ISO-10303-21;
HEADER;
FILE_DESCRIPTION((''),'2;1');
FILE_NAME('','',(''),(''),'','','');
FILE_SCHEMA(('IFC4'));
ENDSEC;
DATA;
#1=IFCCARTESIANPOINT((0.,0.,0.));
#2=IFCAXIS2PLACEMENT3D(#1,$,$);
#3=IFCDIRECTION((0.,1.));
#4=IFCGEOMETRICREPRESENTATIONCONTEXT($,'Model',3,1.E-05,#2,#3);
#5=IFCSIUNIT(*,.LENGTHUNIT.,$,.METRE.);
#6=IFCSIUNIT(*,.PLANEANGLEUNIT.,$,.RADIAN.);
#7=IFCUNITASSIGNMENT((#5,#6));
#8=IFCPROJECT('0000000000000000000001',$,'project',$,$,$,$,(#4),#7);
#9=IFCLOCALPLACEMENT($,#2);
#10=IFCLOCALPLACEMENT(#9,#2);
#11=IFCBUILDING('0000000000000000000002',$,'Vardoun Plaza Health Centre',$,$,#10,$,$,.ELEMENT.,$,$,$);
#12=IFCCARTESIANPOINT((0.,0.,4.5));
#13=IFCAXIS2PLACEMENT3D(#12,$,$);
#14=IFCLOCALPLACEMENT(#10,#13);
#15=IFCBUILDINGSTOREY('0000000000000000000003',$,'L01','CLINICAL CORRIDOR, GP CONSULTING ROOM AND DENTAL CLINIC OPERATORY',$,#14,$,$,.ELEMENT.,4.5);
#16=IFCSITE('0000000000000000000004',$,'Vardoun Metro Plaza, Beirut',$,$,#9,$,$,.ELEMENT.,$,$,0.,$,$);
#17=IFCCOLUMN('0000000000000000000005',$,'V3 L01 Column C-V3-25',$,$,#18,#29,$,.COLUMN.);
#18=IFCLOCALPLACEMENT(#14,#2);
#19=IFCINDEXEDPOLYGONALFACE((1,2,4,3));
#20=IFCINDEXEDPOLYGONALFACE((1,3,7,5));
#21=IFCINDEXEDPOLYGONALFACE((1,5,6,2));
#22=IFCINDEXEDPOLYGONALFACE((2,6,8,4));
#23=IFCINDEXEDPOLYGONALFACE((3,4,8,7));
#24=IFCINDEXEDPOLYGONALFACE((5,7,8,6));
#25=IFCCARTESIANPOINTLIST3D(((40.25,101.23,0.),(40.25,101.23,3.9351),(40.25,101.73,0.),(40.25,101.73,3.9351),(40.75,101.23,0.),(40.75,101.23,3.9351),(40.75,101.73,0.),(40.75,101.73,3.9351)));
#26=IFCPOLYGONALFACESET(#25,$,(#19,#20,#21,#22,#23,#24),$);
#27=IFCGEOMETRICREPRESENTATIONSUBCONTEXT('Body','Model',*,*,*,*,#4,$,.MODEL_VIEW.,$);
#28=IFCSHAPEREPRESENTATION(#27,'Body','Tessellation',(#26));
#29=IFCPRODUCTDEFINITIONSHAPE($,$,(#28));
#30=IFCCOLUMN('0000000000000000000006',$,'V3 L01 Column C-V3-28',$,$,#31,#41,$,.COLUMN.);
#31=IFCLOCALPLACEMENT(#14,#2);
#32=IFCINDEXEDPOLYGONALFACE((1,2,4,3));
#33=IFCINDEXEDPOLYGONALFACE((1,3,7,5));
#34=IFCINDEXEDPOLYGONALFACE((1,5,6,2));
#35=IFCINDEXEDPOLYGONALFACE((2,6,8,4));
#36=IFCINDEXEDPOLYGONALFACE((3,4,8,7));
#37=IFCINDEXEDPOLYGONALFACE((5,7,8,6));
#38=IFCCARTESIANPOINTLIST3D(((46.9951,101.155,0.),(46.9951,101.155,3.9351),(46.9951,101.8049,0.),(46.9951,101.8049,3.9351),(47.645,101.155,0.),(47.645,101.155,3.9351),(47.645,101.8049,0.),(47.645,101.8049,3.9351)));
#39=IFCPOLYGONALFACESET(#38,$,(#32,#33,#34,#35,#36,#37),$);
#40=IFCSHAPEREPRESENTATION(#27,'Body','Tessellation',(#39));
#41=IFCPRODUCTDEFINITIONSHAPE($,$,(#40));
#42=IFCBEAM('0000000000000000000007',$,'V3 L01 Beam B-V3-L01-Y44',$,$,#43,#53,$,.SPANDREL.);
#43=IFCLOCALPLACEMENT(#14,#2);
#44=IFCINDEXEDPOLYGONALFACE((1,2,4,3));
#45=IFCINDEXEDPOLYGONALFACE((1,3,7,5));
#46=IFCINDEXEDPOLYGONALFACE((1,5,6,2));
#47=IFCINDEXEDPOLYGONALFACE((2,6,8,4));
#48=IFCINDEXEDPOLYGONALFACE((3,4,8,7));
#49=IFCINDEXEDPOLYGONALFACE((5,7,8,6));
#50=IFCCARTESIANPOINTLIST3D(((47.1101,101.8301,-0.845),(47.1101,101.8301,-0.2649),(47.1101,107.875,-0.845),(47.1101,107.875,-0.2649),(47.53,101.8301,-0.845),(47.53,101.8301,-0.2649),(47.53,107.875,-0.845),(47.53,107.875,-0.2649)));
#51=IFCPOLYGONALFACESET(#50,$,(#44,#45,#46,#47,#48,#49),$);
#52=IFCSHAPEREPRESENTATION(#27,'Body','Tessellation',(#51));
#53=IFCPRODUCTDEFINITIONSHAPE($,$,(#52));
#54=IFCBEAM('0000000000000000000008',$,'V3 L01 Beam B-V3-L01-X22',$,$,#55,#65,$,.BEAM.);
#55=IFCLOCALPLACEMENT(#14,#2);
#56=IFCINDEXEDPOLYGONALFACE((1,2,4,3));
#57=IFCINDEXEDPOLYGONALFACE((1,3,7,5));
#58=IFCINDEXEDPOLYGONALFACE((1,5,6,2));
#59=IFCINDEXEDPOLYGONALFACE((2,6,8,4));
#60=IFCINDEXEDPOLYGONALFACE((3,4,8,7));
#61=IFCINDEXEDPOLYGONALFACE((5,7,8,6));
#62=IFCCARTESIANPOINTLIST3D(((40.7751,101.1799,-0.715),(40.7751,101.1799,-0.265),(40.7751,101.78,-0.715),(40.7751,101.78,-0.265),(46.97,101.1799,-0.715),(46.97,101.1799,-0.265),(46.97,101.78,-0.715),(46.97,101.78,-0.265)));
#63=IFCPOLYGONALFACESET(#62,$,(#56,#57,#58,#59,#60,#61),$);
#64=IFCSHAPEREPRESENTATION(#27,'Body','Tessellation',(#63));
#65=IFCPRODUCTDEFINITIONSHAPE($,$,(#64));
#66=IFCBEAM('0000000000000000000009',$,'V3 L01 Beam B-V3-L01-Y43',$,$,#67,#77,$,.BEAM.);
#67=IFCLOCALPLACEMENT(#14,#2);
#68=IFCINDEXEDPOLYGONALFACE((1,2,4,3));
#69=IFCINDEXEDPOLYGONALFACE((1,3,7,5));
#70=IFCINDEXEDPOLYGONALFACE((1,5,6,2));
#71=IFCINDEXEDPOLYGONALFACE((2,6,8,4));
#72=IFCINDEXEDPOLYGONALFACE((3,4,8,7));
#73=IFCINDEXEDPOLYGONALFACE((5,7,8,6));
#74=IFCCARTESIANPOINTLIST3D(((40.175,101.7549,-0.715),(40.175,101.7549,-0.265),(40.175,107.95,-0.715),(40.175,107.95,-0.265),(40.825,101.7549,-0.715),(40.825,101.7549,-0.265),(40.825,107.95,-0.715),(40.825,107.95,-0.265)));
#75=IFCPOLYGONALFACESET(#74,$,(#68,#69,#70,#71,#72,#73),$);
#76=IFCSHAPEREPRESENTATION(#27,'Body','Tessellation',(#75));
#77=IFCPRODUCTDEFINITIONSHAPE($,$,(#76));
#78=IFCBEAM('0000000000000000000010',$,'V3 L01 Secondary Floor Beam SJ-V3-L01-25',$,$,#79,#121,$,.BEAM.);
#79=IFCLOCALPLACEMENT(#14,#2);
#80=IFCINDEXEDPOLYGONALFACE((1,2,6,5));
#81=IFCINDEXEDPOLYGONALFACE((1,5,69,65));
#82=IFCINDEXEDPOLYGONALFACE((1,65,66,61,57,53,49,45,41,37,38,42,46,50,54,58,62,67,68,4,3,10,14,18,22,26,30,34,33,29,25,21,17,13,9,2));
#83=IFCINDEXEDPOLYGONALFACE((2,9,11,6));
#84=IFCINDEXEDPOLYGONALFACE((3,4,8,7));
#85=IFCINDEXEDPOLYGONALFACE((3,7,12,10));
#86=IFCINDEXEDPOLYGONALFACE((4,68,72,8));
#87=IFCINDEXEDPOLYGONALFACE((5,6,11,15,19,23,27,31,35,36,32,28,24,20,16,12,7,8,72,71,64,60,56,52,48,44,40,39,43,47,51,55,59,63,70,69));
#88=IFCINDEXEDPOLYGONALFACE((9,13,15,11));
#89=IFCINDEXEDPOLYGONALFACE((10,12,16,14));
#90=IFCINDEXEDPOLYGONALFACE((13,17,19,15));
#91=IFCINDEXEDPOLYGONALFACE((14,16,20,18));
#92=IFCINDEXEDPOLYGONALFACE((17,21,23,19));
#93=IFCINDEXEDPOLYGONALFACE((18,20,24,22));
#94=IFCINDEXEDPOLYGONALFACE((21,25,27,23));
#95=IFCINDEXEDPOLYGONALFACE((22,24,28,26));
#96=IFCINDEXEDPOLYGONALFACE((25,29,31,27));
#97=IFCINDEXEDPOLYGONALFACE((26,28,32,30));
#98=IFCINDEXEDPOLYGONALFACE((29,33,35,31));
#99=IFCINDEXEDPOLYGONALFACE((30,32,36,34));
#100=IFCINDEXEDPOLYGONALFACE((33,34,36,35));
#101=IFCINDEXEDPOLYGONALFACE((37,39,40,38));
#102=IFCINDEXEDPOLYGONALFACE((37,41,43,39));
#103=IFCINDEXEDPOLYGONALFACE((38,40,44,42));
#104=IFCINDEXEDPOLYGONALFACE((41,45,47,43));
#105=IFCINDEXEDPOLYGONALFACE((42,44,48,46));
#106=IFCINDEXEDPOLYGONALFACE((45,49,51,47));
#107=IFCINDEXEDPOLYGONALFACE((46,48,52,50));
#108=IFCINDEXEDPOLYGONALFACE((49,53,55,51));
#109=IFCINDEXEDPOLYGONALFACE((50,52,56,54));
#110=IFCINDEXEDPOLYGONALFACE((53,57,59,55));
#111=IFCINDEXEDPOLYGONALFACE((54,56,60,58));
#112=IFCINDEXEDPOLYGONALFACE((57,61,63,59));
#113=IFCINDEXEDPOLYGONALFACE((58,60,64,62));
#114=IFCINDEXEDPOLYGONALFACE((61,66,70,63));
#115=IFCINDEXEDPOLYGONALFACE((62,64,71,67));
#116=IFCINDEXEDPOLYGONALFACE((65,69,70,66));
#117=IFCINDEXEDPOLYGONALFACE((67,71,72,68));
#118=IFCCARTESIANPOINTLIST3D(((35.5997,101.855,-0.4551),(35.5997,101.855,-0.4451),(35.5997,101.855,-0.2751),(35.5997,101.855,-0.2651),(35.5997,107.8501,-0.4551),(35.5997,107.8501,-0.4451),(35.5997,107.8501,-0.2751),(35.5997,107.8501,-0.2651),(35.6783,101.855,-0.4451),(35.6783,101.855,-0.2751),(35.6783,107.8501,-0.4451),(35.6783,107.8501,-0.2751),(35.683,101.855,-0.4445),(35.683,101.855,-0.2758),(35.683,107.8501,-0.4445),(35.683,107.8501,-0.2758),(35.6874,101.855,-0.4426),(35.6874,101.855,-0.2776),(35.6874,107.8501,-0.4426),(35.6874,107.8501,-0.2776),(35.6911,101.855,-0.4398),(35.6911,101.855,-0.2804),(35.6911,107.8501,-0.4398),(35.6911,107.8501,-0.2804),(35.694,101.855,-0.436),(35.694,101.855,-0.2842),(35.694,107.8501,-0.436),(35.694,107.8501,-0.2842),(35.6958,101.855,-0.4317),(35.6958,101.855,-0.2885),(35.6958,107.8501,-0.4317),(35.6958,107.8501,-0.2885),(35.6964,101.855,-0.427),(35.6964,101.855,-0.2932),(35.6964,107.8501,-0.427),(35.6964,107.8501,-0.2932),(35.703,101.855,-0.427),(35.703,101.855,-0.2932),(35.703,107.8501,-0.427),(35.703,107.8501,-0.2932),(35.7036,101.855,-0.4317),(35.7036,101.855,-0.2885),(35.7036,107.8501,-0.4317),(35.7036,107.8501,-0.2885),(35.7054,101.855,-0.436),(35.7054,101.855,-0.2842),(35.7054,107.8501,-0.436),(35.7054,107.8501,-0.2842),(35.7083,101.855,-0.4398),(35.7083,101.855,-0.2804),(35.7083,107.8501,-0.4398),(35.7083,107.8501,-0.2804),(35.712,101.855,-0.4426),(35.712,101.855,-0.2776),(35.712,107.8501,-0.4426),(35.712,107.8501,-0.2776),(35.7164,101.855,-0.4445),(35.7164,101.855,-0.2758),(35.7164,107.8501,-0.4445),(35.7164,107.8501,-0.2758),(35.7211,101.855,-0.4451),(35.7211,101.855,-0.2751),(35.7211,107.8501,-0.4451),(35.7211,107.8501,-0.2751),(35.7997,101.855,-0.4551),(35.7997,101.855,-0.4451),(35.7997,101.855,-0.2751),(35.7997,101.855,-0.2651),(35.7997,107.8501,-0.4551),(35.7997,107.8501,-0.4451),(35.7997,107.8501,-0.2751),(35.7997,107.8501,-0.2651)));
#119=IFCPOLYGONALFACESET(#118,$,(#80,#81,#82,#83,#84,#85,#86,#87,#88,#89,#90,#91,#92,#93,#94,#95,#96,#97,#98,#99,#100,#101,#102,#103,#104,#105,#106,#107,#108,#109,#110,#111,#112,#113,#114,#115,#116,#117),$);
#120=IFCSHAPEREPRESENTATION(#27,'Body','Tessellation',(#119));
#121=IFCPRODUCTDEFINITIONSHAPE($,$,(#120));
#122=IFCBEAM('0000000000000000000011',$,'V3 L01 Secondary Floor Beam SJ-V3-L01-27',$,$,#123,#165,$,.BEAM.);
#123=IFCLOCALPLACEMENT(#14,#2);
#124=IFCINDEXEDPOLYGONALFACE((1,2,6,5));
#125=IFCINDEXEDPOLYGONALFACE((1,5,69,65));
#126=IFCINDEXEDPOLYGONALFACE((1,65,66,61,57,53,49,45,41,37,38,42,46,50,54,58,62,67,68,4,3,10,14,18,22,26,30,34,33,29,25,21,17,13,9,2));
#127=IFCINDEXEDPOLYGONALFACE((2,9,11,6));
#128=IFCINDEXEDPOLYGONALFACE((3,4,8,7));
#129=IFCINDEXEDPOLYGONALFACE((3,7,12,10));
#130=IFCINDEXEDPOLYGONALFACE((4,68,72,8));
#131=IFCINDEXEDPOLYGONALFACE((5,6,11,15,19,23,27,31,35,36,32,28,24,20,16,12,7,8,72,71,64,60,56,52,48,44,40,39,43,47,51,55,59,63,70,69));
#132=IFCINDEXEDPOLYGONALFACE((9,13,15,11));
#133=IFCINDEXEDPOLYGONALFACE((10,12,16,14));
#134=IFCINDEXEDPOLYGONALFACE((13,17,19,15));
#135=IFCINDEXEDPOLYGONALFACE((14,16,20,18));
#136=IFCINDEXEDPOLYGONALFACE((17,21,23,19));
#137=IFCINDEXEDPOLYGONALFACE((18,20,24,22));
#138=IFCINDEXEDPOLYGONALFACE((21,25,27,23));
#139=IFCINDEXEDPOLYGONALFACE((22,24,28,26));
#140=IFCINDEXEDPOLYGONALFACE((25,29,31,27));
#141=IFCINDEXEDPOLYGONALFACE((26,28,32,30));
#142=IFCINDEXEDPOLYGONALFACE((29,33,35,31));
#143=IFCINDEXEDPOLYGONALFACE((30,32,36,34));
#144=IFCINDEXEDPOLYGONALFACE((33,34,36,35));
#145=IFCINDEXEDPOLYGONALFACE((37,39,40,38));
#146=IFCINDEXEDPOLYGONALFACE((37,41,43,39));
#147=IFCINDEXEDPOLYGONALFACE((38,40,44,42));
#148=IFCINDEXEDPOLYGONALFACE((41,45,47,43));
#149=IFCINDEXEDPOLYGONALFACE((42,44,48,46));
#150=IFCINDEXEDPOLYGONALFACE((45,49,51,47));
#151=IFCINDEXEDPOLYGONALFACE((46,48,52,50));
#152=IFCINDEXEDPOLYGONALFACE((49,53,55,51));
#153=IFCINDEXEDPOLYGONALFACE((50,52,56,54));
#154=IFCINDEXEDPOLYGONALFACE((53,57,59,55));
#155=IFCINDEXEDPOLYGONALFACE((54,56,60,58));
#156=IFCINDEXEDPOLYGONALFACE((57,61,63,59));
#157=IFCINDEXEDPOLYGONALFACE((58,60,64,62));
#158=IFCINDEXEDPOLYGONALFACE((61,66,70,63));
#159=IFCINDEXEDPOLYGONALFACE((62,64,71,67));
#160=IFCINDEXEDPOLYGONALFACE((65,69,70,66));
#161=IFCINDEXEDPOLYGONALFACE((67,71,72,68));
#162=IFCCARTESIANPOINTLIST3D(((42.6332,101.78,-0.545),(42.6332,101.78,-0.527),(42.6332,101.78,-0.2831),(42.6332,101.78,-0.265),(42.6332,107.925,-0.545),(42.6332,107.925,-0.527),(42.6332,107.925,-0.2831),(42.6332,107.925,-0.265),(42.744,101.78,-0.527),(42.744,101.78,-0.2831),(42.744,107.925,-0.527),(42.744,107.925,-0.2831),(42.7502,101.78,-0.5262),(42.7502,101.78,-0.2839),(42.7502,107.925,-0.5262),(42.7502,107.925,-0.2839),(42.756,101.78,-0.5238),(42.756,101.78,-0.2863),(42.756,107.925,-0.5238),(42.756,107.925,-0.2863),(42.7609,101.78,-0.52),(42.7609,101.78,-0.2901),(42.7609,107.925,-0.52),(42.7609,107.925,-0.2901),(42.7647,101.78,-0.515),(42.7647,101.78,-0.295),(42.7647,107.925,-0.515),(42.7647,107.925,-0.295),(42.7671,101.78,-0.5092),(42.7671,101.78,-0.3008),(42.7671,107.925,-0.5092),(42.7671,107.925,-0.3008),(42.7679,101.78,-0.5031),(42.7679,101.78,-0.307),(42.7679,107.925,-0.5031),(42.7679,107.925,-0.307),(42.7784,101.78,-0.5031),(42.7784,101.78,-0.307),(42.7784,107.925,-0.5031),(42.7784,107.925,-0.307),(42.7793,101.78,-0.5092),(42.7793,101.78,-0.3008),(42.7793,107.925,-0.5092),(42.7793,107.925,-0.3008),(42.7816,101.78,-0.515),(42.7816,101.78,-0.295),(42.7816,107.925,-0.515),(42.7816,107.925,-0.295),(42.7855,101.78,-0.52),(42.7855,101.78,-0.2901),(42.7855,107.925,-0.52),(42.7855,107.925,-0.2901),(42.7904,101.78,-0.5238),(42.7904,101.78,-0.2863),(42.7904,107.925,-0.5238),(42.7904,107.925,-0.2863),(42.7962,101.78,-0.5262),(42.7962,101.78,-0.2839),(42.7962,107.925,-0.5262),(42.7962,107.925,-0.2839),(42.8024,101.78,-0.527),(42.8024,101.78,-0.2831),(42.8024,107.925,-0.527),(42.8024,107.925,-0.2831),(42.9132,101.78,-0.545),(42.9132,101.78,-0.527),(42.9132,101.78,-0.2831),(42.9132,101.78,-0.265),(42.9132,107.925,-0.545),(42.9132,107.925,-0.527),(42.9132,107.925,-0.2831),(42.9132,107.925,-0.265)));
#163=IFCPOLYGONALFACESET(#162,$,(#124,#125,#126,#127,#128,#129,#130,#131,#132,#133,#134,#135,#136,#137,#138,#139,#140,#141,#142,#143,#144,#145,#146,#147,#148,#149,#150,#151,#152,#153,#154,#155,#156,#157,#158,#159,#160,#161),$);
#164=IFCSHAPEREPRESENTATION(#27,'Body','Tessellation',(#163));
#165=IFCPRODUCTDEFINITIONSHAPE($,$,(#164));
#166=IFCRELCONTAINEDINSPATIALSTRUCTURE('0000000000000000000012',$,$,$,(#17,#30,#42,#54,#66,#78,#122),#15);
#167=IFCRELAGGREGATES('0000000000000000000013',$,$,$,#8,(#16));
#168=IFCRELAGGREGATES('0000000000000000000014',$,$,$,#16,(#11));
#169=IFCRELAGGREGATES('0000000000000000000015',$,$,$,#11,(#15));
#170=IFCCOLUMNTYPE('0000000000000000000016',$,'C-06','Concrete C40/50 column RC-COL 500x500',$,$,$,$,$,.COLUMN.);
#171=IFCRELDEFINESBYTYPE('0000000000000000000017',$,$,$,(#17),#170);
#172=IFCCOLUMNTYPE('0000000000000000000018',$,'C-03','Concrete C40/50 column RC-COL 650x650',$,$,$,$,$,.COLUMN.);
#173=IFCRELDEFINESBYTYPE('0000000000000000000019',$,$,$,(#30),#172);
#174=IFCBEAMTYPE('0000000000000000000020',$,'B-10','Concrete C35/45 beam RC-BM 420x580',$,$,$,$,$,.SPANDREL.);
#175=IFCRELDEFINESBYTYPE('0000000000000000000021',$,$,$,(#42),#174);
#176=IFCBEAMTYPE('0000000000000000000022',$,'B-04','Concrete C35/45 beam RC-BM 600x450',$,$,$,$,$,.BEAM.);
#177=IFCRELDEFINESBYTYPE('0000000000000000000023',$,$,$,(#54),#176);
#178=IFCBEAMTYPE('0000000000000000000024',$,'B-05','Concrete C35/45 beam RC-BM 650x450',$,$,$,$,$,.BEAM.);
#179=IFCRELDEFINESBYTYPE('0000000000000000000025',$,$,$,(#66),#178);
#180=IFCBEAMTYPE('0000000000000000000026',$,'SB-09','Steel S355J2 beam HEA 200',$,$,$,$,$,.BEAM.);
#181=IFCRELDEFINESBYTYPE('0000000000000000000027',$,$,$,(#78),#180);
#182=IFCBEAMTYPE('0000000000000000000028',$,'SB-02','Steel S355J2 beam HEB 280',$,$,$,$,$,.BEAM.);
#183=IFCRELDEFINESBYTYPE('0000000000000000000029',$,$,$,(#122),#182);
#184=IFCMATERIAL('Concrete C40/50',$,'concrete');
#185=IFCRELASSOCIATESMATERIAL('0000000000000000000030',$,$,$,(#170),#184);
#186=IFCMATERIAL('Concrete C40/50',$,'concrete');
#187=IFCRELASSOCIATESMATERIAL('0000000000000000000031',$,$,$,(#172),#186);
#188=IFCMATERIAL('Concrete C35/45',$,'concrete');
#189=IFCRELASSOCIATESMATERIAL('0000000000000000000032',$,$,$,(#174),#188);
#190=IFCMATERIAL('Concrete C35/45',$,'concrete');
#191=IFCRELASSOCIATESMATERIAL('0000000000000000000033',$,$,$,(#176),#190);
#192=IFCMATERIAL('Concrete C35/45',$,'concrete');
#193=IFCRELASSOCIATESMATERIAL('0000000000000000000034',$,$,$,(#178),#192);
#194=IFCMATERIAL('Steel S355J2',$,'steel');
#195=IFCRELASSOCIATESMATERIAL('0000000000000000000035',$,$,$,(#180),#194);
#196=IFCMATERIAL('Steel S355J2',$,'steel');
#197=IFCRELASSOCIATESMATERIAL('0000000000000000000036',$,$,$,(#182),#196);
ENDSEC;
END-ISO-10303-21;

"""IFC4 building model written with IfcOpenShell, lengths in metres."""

from ifc_helpers import new_model, si_unit, direction, frame, origin, origin_2d, place, context, subcontext, project, spatial, rectangle, i_section, extrude, material, material_profile, profile_set, type_object, element, save


model = new_model("IFC4")

# Units and contexts
model_context = context("Model", 3, precision=1e-05, world=origin(), true_north=direction((0.0, 1.0)))
body_context = subcontext(model_context, "Body", "Model", "MODEL_VIEW")
ifc_project = project(units=[si_unit("LENGTHUNIT", "METRE"), si_unit("PLANEANGLEUNIT", "RADIAN")], contexts=[model_context])

# Site, building, storey
site_placement = place(None, origin())
site = spatial("IfcSite", under=ifc_project, at=site_placement, Name="Vardoun Metro Plaza, Beirut", CompositionType="ELEMENT", RefElevation=0.0)
building_placement = place(site_placement, origin())
building = spatial("IfcBuilding", under=site, at=building_placement, Name="Vardoun Plaza Health Centre", CompositionType="ELEMENT")
storey_placement = place(building_placement, frame((0.0, 0.0, 4.5)))
storey = spatial("IfcBuildingStorey", under=building, at=storey_placement, Name="L01", Description="CLINICAL CORRIDOR, GP CONSULTING ROOM AND DENTAL CLINIC OPERATORY", CompositionType="ELEMENT", Elevation=4.5)

# Columns
ifc_material_1 = material(Name="Concrete C40/50", Category="concrete")
ifc_material_profile_1 = material_profile(ifc_material_1, rectangle(XDim=0.5, YDim=0.5, at=origin_2d()), Name="RC-COL 500x500")
ifc_profile_set_1 = profile_set([ifc_material_profile_1], Name="Concrete C40/50")
column_type_1 = type_object("IfcColumnType", Name="C-06", Description="Concrete C40/50 column RC-COL 500x500", PredefinedType="COLUMN", material=ifc_profile_set_1)
column_1_placement = place(storey_placement, frame((40.5, 101.48, 0.0), z_axis=(0.0, 0.0, 1.0), x_axis=(1.0, 0.0, 0.0)))
element("IfcColumn", 1, at=column_1_placement, inside=storey, type_object=column_type_1, Name="V3 L01 Column C-V3-25", PredefinedType="COLUMN", context=body_context, shape_type="SweptSolid", body=[
    extrude(rectangle(XDim=0.5, YDim=0.5, at=origin_2d()), origin(), (0.0, 0.0, 1.0), 3.9351),
])
ifc_material_2 = material(Name="Concrete C40/50", Category="concrete")
ifc_material_profile_2 = material_profile(ifc_material_2, rectangle(XDim=0.6499, YDim=0.6499, at=origin_2d()), Name="RC-COL 650x650")
ifc_profile_set_2 = profile_set([ifc_material_profile_2], Name="Concrete C40/50")
column_type_2 = type_object("IfcColumnType", Name="C-03", Description="Concrete C40/50 column RC-COL 650x650", PredefinedType="COLUMN", material=ifc_profile_set_2)
column_2_placement = place(storey_placement, frame((47.3201, 101.48, 0.0), z_axis=(0.0, 0.0, 1.0), x_axis=(1.0, 0.0, 0.0)))
element("IfcColumn", 2, at=column_2_placement, inside=storey, type_object=column_type_2, Name="V3 L01 Column C-V3-28", PredefinedType="COLUMN", context=body_context, shape_type="SweptSolid", body=[
    extrude(rectangle(XDim=0.6499, YDim=0.6499, at=origin_2d()), origin(), (0.0, 0.0, 1.0), 3.9351),
])

# Beams
ifc_material_3 = material(Name="Concrete C35/45", Category="concrete")
ifc_material_profile_3 = material_profile(ifc_material_3, rectangle(XDim=0.4199, YDim=0.5801, at=origin_2d()), Name="RC-BM 420x580")
ifc_profile_set_3 = profile_set([ifc_material_profile_3], Name="Concrete C35/45")
beam_type_1 = type_object("IfcBeamType", Name="B-10", Description="Concrete C35/45 beam RC-BM 420x580", PredefinedType="SPANDREL", material=ifc_profile_set_3)
beam_1_placement = place(storey_placement, frame((47.3201, 101.8301, -0.5549), z_axis=(0.0, 1.0, 0.0), x_axis=(-1.0, 0.0, 0.0)))
element("IfcBeam", 3, at=beam_1_placement, inside=storey, type_object=beam_type_1, Name="V3 L01 Beam B-V3-L01-Y44", PredefinedType="SPANDREL", context=body_context, shape_type="SweptSolid", body=[
    extrude(rectangle(XDim=0.4199, YDim=0.5801, at=origin_2d()), origin(), (0.0, 0.0, 1.0), 6.0449),
])
ifc_material_4 = material(Name="Concrete C35/45", Category="concrete")
ifc_material_profile_4 = material_profile(ifc_material_4, rectangle(XDim=0.6001, YDim=0.45, at=origin_2d()), Name="RC-BM 600x450")
ifc_profile_set_4 = profile_set([ifc_material_profile_4], Name="Concrete C35/45")
beam_type_2 = type_object("IfcBeamType", Name="B-04", Description="Concrete C35/45 beam RC-BM 600x450", PredefinedType="BEAM", material=ifc_profile_set_4)
beam_2_placement = place(storey_placement, frame((40.7751, 101.48, -0.49), z_axis=(1.0, 0.0, 0.0), x_axis=(0.0, 1.0, 0.0)))
element("IfcBeam", 4, at=beam_2_placement, inside=storey, type_object=beam_type_2, Name="V3 L01 Beam B-V3-L01-X22", PredefinedType="BEAM", context=body_context, shape_type="SweptSolid", body=[
    extrude(rectangle(XDim=0.6001, YDim=0.45, at=origin_2d()), origin(), (0.0, 0.0, 1.0), 6.1948),
])
ifc_material_5 = material(Name="Concrete C35/45", Category="concrete")
ifc_material_profile_5 = material_profile(ifc_material_5, rectangle(XDim=0.6499, YDim=0.45, at=origin_2d()), Name="RC-BM 650x450")
ifc_profile_set_5 = profile_set([ifc_material_profile_5], Name="Concrete C35/45")
beam_type_3 = type_object("IfcBeamType", Name="B-05", Description="Concrete C35/45 beam RC-BM 650x450", PredefinedType="BEAM", material=ifc_profile_set_5)
beam_3_placement = place(storey_placement, frame((40.5, 101.7549, -0.49), z_axis=(0.0, 1.0, 0.0), x_axis=(-1.0, 0.0, 0.0)))
element("IfcBeam", 5, at=beam_3_placement, inside=storey, type_object=beam_type_3, Name="V3 L01 Beam B-V3-L01-Y43", PredefinedType="BEAM", context=body_context, shape_type="SweptSolid", body=[
    extrude(rectangle(XDim=0.6499, YDim=0.45, at=origin_2d()), origin(), (0.0, 0.0, 1.0), 6.1951),
])
ifc_material_6 = material(Name="Steel S355J2", Category="steel")
ifc_material_profile_6 = material_profile(ifc_material_6, i_section(OverallWidth=0.2, OverallDepth=0.1899, WebThickness=0.0066, FlangeThickness=0.01, FilletRadius=0.0181, at=origin_2d()), Name="HEA 200")
ifc_profile_set_6 = profile_set([ifc_material_profile_6], Name="Steel S355J2")
beam_type_4 = type_object("IfcBeamType", Name="SB-09", Description="Steel S355J2 beam HEA 200", PredefinedType="BEAM", material=ifc_profile_set_6)
beam_4_placement = place(storey_placement, frame((35.6997, 101.855, -0.3601), z_axis=(0.0, 1.0, 0.0), x_axis=(-1.0, 0.0, 0.0)))
element("IfcBeam", 6, at=beam_4_placement, inside=storey, type_object=beam_type_4, Name="V3 L01 Secondary Floor Beam SJ-V3-L01-25", PredefinedType="BEAM", context=body_context, shape_type="SweptSolid", body=[
    extrude(i_section(OverallWidth=0.2, OverallDepth=0.1899, WebThickness=0.0066, FlangeThickness=0.01, FilletRadius=0.0181, at=origin_2d()), origin(), (0.0, 0.0, 1.0), 5.9951),
])
ifc_material_7 = material(Name="Steel S355J2", Category="steel")
ifc_material_profile_7 = material_profile(ifc_material_7, i_section(OverallWidth=0.28, OverallDepth=0.28, WebThickness=0.0105, FlangeThickness=0.0181, FilletRadius=0.0239, at=origin_2d()), Name="HEB 280")
ifc_profile_set_7 = profile_set([ifc_material_profile_7], Name="Steel S355J2")
beam_type_5 = type_object("IfcBeamType", Name="SB-02", Description="Steel S355J2 beam HEB 280", PredefinedType="BEAM", material=ifc_profile_set_7)
beam_5_placement = place(storey_placement, frame((42.7732, 101.78, -0.405), z_axis=(0.0, 1.0, 0.0), x_axis=(-1.0, 0.0, 0.0)))
element("IfcBeam", 7, at=beam_5_placement, inside=storey, type_object=beam_type_5, Name="V3 L01 Secondary Floor Beam SJ-V3-L01-27", PredefinedType="BEAM", context=body_context, shape_type="SweptSolid", body=[
    extrude(i_section(OverallWidth=0.28, OverallDepth=0.28, WebThickness=0.0105, FlangeThickness=0.0181, FilletRadius=0.0239, at=origin_2d()), origin(), (0.0, 0.0, 1.0), 6.145),
])

save(model, "model.ifc")
